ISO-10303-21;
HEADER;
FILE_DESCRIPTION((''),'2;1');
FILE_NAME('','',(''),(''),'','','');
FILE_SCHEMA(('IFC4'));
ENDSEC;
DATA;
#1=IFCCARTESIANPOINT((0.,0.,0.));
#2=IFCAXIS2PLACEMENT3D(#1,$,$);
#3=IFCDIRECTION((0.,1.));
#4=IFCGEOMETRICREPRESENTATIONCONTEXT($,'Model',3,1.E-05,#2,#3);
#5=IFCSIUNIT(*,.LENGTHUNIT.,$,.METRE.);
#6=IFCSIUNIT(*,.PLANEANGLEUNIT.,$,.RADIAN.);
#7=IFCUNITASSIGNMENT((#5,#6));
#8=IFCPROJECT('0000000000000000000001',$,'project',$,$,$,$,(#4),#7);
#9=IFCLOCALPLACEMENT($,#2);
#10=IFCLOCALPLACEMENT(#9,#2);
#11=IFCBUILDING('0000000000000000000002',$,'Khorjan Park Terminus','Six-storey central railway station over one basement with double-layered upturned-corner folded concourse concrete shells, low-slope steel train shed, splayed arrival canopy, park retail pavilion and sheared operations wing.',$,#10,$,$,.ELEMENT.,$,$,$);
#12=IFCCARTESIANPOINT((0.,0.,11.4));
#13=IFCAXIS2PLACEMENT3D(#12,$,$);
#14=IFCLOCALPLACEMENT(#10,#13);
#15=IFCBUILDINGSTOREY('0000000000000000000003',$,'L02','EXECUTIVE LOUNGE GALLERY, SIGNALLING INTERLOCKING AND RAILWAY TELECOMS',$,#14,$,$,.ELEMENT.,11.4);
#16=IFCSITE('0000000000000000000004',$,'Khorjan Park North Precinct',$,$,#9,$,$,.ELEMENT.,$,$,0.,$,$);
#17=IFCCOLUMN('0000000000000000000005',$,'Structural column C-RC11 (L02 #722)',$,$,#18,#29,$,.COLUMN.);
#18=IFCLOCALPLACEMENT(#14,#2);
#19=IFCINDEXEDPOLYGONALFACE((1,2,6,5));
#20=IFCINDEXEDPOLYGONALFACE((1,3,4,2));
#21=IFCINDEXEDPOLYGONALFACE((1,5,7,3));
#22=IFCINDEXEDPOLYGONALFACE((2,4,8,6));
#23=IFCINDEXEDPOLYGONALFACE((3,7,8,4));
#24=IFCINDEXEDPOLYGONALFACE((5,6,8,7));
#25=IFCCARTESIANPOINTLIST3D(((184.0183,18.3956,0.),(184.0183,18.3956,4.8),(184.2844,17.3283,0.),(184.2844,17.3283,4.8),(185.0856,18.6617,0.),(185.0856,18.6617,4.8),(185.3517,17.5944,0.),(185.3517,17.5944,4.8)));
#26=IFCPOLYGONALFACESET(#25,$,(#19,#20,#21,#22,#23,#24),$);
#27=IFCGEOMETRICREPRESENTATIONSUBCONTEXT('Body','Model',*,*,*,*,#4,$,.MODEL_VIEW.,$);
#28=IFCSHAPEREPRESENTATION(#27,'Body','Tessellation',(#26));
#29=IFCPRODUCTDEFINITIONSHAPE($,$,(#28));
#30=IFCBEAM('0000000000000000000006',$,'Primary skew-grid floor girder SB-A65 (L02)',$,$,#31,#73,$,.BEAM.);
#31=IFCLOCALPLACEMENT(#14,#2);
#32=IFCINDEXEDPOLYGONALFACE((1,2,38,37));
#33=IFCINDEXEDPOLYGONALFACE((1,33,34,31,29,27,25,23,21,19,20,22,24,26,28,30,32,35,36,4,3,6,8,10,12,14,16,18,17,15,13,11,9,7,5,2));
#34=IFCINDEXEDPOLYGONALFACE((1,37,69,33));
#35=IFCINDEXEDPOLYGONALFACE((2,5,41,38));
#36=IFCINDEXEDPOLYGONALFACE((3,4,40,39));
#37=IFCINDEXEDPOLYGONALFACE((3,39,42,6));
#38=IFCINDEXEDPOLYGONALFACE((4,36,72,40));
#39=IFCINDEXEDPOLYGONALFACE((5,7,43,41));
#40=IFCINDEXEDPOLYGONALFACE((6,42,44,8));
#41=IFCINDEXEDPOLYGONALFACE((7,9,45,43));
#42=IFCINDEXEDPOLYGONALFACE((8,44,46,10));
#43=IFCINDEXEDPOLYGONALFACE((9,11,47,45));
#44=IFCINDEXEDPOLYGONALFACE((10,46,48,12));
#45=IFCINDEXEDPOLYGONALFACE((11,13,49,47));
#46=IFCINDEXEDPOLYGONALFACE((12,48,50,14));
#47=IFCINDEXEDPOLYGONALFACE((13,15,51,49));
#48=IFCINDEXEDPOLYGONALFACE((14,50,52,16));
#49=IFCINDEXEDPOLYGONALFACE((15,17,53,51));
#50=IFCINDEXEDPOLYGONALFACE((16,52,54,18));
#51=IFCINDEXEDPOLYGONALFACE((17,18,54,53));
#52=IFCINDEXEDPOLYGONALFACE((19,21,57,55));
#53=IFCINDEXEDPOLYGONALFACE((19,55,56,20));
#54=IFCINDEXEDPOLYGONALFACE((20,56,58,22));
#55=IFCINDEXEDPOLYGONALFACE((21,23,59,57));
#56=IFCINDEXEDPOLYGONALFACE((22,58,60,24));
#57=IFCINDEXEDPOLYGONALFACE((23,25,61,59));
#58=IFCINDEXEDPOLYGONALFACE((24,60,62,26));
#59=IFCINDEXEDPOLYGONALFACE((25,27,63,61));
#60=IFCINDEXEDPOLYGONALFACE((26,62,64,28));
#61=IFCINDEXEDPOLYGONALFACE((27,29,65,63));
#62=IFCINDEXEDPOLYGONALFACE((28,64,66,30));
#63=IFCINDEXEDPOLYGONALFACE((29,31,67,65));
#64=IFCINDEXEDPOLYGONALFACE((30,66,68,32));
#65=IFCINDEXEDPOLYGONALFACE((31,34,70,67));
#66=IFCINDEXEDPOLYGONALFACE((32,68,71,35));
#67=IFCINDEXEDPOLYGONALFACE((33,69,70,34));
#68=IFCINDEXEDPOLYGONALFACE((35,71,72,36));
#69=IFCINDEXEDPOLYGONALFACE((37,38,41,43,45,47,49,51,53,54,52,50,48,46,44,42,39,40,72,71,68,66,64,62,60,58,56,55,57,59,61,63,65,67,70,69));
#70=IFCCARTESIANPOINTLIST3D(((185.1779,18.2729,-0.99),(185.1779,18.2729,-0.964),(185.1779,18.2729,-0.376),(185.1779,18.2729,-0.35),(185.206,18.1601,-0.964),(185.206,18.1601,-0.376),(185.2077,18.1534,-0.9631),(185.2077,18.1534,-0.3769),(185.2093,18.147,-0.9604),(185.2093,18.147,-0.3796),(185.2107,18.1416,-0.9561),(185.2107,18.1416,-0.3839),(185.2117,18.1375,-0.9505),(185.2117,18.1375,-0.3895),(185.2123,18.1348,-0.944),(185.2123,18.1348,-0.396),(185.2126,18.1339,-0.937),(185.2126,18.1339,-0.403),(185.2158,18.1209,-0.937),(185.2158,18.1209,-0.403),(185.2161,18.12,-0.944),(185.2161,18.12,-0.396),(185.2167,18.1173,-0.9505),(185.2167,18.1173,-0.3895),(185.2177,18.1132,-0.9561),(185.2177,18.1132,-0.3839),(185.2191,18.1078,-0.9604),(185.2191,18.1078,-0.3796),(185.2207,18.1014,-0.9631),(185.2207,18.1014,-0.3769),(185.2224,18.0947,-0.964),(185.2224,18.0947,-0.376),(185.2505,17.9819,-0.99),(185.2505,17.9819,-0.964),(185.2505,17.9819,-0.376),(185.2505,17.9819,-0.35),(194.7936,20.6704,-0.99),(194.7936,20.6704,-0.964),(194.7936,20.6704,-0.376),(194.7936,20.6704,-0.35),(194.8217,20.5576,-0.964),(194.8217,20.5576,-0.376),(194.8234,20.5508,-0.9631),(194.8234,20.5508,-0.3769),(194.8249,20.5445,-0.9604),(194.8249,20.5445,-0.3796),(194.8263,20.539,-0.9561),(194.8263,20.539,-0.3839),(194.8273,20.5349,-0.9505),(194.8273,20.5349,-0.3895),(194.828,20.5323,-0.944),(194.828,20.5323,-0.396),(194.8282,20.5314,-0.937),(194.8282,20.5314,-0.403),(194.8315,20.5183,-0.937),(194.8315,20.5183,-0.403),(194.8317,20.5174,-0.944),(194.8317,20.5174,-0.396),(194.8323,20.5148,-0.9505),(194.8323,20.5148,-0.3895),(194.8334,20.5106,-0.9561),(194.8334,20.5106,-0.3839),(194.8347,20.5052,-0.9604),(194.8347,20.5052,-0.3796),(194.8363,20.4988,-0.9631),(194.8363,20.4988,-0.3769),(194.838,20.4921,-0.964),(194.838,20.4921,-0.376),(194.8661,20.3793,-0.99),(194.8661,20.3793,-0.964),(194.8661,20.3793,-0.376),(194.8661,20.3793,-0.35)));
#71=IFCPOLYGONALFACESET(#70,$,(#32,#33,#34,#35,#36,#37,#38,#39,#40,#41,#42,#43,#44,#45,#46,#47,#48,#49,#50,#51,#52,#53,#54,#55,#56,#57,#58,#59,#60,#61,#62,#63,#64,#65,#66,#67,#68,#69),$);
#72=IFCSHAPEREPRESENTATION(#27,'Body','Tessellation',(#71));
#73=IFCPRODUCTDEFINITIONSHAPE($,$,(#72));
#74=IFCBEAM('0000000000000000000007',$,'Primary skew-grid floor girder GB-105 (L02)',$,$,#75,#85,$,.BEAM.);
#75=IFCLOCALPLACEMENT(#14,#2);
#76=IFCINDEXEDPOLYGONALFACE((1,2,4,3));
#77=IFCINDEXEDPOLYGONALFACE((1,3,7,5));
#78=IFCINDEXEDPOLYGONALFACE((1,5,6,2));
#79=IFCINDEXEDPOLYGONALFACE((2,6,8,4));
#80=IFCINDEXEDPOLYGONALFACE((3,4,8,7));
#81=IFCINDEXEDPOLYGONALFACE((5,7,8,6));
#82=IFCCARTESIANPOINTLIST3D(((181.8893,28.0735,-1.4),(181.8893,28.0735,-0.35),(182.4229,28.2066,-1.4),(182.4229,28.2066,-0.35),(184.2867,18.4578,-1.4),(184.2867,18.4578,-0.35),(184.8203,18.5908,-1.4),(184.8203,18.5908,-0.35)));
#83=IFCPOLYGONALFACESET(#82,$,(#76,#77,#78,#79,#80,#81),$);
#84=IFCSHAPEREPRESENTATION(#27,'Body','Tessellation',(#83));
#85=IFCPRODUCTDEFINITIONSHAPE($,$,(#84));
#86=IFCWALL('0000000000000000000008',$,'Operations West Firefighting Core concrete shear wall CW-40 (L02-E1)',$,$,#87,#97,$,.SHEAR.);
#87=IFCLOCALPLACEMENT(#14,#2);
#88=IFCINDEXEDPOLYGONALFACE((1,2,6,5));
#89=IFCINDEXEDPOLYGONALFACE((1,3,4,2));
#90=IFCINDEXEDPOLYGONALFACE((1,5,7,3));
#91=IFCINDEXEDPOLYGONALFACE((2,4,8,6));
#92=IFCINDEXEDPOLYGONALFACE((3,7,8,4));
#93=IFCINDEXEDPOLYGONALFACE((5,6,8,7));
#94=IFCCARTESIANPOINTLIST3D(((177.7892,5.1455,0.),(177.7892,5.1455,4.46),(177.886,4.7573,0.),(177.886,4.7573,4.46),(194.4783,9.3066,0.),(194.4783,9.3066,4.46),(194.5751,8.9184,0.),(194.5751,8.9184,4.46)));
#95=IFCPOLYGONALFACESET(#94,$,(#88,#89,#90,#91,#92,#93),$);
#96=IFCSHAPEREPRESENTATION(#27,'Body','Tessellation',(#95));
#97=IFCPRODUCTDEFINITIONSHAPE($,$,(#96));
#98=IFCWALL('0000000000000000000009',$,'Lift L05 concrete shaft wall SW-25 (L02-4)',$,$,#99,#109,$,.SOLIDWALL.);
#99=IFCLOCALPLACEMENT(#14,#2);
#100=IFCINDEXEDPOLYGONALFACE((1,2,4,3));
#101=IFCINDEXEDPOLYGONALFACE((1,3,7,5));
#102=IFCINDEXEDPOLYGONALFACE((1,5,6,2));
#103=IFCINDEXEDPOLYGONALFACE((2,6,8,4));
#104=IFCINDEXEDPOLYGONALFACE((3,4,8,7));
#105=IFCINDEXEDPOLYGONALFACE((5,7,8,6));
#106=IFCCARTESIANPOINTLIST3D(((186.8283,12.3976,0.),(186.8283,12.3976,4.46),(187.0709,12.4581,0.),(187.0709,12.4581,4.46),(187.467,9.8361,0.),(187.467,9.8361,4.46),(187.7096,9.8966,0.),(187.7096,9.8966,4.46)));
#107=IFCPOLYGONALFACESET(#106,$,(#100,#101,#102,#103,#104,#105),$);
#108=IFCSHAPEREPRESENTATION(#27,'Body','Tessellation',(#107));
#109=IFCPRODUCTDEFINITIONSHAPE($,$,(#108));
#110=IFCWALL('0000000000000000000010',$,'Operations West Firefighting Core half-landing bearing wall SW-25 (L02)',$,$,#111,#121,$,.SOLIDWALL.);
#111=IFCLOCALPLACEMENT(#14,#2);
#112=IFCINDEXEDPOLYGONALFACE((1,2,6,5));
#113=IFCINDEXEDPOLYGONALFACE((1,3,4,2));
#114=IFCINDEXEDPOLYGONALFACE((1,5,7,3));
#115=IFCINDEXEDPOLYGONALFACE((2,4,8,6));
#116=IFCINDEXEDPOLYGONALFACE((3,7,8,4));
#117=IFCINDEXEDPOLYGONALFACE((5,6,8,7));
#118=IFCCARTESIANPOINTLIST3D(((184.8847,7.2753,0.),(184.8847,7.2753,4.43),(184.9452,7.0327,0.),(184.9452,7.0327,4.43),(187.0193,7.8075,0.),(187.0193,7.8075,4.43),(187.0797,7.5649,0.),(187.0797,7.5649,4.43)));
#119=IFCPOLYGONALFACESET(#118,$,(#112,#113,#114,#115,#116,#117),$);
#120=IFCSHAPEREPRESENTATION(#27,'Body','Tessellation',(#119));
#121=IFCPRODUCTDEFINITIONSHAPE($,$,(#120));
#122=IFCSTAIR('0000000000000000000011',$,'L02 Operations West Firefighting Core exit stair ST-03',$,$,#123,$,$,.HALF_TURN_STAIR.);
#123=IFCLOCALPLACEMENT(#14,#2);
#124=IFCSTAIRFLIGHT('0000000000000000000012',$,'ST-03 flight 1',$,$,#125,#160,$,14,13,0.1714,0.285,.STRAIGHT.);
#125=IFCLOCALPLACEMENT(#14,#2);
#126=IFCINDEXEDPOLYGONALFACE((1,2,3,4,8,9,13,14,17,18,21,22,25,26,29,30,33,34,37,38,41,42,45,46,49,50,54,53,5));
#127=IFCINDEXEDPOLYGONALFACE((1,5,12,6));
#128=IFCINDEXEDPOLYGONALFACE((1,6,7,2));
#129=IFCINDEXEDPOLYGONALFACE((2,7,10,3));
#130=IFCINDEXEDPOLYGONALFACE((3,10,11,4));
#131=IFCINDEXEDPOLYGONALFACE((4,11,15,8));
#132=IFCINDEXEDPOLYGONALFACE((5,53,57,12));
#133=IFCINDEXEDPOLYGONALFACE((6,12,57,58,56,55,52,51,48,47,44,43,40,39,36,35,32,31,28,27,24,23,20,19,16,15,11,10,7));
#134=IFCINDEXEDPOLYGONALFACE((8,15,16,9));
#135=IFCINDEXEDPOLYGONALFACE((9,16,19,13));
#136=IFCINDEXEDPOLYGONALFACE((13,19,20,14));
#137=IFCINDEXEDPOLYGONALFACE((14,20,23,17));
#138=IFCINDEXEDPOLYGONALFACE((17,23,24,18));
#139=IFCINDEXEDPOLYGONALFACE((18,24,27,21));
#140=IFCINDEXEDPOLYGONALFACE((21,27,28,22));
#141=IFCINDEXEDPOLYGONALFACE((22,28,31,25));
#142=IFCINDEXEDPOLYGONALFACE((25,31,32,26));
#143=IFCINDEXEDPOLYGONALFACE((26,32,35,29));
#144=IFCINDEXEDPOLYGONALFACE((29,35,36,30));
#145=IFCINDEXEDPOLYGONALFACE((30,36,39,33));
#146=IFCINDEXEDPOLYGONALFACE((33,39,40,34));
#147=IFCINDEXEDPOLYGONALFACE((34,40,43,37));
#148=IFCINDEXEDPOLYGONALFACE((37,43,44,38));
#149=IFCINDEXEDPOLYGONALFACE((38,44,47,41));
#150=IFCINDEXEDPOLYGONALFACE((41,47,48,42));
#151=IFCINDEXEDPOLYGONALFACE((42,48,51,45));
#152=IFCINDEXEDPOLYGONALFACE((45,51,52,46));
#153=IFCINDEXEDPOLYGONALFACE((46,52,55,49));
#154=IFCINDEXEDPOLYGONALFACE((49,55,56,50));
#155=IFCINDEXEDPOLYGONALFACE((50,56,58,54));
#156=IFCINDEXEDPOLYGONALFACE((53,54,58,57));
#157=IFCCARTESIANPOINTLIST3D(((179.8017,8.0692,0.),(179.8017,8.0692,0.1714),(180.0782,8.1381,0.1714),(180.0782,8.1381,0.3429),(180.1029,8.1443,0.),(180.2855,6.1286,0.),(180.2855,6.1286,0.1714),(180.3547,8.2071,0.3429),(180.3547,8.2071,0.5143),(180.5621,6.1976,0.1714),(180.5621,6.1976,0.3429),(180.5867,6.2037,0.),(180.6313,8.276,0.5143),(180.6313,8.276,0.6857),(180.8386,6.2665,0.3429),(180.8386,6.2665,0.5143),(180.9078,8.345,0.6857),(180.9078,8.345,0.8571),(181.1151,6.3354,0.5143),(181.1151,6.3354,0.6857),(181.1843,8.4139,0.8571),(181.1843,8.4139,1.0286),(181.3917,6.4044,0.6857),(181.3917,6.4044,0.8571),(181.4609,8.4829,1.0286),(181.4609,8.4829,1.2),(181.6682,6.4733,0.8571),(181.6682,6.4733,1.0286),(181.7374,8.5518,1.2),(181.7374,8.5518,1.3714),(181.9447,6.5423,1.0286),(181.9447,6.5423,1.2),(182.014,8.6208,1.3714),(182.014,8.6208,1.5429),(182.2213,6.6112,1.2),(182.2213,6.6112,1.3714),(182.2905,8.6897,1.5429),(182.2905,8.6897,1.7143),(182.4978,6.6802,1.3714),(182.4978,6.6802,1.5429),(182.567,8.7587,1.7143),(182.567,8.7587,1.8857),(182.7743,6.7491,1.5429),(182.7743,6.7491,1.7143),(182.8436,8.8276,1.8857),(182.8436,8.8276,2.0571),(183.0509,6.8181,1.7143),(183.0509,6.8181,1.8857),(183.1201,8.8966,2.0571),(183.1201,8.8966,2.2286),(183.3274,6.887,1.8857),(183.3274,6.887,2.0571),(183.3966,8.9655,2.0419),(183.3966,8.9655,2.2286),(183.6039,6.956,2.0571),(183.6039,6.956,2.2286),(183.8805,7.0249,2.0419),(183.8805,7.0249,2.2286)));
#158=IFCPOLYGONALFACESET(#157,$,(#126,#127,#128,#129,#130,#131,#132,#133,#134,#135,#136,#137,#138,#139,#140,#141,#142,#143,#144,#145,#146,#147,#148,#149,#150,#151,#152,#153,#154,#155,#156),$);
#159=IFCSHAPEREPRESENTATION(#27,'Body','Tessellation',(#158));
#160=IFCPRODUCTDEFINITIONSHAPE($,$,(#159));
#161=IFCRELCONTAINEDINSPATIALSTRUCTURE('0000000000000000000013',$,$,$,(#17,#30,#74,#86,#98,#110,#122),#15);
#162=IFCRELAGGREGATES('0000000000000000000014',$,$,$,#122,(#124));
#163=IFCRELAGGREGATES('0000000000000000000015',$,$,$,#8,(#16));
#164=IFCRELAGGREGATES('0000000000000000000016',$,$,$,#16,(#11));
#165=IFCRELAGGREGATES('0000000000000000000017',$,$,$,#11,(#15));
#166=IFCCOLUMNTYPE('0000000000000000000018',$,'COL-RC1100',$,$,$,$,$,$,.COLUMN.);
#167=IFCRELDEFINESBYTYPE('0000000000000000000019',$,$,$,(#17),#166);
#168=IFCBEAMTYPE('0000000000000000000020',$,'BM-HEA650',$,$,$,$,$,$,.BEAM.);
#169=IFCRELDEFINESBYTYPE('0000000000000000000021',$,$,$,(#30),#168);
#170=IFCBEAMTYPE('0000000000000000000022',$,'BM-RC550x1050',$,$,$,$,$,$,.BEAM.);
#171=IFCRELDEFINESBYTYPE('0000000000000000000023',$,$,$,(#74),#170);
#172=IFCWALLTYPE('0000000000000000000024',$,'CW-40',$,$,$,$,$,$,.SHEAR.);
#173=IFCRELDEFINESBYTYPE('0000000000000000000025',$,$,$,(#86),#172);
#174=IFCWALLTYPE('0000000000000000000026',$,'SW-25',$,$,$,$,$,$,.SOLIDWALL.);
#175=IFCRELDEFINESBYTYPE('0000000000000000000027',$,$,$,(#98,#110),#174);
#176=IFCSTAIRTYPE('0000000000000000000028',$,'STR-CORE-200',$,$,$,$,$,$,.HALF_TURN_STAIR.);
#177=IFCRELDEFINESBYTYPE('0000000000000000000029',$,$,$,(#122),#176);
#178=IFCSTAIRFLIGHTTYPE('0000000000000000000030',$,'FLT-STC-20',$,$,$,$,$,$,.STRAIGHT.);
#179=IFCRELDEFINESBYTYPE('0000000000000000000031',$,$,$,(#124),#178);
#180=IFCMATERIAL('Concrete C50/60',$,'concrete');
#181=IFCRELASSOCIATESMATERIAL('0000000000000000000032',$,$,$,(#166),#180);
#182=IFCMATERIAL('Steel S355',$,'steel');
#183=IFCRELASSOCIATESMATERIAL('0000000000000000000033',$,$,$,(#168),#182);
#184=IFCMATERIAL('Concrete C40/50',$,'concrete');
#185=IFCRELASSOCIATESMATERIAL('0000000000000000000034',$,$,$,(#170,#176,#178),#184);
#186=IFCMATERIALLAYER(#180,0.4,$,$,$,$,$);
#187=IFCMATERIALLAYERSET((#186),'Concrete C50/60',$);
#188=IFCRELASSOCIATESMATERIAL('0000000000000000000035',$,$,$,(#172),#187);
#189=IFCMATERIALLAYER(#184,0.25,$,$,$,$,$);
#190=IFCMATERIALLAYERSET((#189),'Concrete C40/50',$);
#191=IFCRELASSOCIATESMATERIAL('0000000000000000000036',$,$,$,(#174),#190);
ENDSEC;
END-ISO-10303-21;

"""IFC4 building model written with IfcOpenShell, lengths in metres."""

from ifc_helpers import new_model, si_unit, direction, frame, frame_2d, origin, origin_2d, place, context, subcontext, project, spatial, polyline, rectangle, i_section, outline, extrude, material, layer, layer_set, material_profile, profile_set, type_object, element, aggregate, save


model = new_model("IFC4")

# Units and contexts
model_context = context("Model", 3, precision=1e-05, world=origin(), true_north=direction((0.0, 1.0)))
body_context = subcontext(model_context, "Body", "Model", "MODEL_VIEW")
ifc_project = project(units=[si_unit("LENGTHUNIT", "METRE"), si_unit("PLANEANGLEUNIT", "RADIAN")], contexts=[model_context])

# Site, building, storey
site_placement = place(None, origin())
site = spatial("IfcSite", under=ifc_project, at=site_placement, Name="Khorjan Park North Precinct", CompositionType="ELEMENT", RefElevation=0.0)
building_placement = place(site_placement, origin())
building = spatial("IfcBuilding", under=site, at=building_placement, Name="Khorjan Park Terminus", Description="Six-storey central railway station over one basement with double-layered upturned-corner folded concourse concrete shells, low-slope steel train shed, splayed arrival canopy, park retail pavilion and sheared operations wing.", CompositionType="ELEMENT")
storey_placement = place(building_placement, frame((0.0, 0.0, 11.4)))
storey = spatial("IfcBuildingStorey", under=building, at=storey_placement, Name="L02", Description="EXECUTIVE LOUNGE GALLERY, SIGNALLING INTERLOCKING AND RAILWAY TELECOMS", CompositionType="ELEMENT", Elevation=11.4)

# Column
ifc_material_1 = material(Name="Concrete C50/60", Category="concrete")
ifc_material_profile_1 = material_profile(ifc_material_1, rectangle(XDim=1.1, YDim=1.1, at=origin_2d()), Name="RC 1100x1100")
ifc_profile_set_1 = profile_set([ifc_material_profile_1], Name="Concrete C50/60")
column_type = type_object("IfcColumnType", Name="COL-RC1100", PredefinedType="COLUMN", material=ifc_profile_set_1)
column_placement = place(storey_placement, frame((184.685, 17.995, 0.0), z_axis=(0.0, 0.0, 1.0), x_axis=(0.970296, 0.241922, 0.0)))
element("IfcColumn", 1, at=column_placement, inside=storey, type_object=column_type, Name="Structural column C-RC11 (L02 #722)", PredefinedType="COLUMN", context=body_context, shape_type="SweptSolid", body=[
    extrude(rectangle(XDim=1.1, YDim=1.1, at=origin_2d()), origin(), (0.0, 0.0, 1.0), 4.8),
])

# Beams
ifc_material_2 = material(Name="Steel S355", Category="steel")
ifc_material_profile_2 = material_profile(ifc_material_2, i_section(OverallWidth=0.3, OverallDepth=0.64, WebThickness=0.0135, FlangeThickness=0.026, FilletRadius=0.027, at=origin_2d()), Name="HEA 650")
ifc_profile_set_2 = profile_set([ifc_material_profile_2], Name="Steel S355")
beam_type_1 = type_object("IfcBeamType", Name="BM-HEA650", PredefinedType="BEAM", material=ifc_profile_set_2)
beam_1_placement = place(storey_placement, frame((185.2142, 18.1274, -0.67), z_axis=(0.970297, 0.241918, 0.0), x_axis=(-0.241918, 0.970297, 0.0)))
element("IfcBeam", 2, at=beam_1_placement, inside=storey, type_object=beam_type_1, Name="Primary skew-grid floor girder SB-A65 (L02)", PredefinedType="BEAM", context=body_context, shape_type="SweptSolid", body=[
    extrude(i_section(OverallWidth=0.3, OverallDepth=0.64, WebThickness=0.0135, FlangeThickness=0.026, FilletRadius=0.027, at=origin_2d()), origin(), (0.0, 0.0, 1.0), 9.91),
])
ifc_material_3 = material(Name="Concrete C40/50", Category="concrete")
ifc_material_profile_3 = material_profile(ifc_material_3, rectangle(XDim=0.55, YDim=1.05, at=origin_2d()), Name="RC 550x1050")
ifc_profile_set_3 = profile_set([ifc_material_profile_3], Name="Concrete C40/50")
beam_type_2 = type_object("IfcBeamType", Name="BM-RC550x1050", PredefinedType="BEAM", material=ifc_profile_set_3)
beam_2_placement = place(storey_placement, frame((184.5535, 18.5243, -0.875), z_axis=(-0.241916, 0.970297, 0.0), x_axis=(-0.970297, -0.241916, 0.0)))
element("IfcBeam", 3, at=beam_2_placement, inside=storey, type_object=beam_type_2, Name="Primary skew-grid floor girder GB-105 (L02)", PredefinedType="BEAM", context=body_context, shape_type="SweptSolid", body=[
    extrude(rectangle(XDim=0.55, YDim=1.05, at=origin_2d()), origin(), (0.0, 0.0, 1.0), 9.9101),
])

# Walls
ifc_layer_1 = layer(ifc_material_1, 0.4)
ifc_layer_set_1 = layer_set([ifc_layer_1], Name="Concrete C50/60")
wall_type_1 = type_object("IfcWallType", Name="CW-40", PredefinedType="SHEAR", material=ifc_layer_set_1)
wall_1_placement = place(storey_placement, frame((177.8376, 4.9514, 0.0), z_axis=(0.0, 0.0, 1.0), x_axis=(0.970295, 0.241924, 0.0)))
element("IfcWall", 4, at=wall_1_placement, inside=storey, type_object=wall_type_1, Name="Operations West Firefighting Core concrete shear wall CW-40 (L02-E1)", PredefinedType="SHEAR", context=body_context, shape_type="SweptSolid", body=[
    extrude(rectangle(XDim=17.2, YDim=0.4, at=frame_2d((8.6, 0.0))), origin(), (0.0, 0.0, 1.0), 4.46),
])
ifc_layer_2 = layer(ifc_material_3, 0.25)
ifc_layer_set_2 = layer_set([ifc_layer_2], Name="Concrete C40/50")
wall_type_2 = type_object("IfcWallType", Name="SW-25", PredefinedType="SOLIDWALL", material=ifc_layer_set_2)
wall_2_placement = place(storey_placement, frame((186.9496, 12.4278, 0.0), z_axis=(0.0, 0.0, 1.0), x_axis=(0.241938, -0.970292, 0.0)))
element("IfcWall", 5, at=wall_2_placement, inside=storey, type_object=wall_type_2, Name="Lift L05 concrete shaft wall SW-25 (L02-4)", PredefinedType="SOLIDWALL", context=body_context, shape_type="SweptSolid", body=[
    extrude(rectangle(XDim=2.6399, YDim=0.25, at=frame_2d((1.3199, 0.0))), origin(), (0.0, 0.0, 1.0), 4.46),
])
wall_3_placement = place(storey_placement, frame((184.915, 7.154, 0.0), z_axis=(0.0, 0.0, 1.0), x_axis=(0.970297, 0.241915, 0.0)))
element("IfcWall", 6, at=wall_3_placement, inside=storey, type_object=wall_type_2, Name="Operations West Firefighting Core half-landing bearing wall SW-25 (L02)", PredefinedType="SOLIDWALL", context=body_context, shape_type="SweptSolid", body=[
    extrude(rectangle(XDim=2.1999, YDim=0.25, at=frame_2d((1.0999, 0.0))), origin(), (0.0, 0.0, 1.0), 4.43),
])

# Stair, stair flight
stair_type = type_object("IfcStairType", Name="STR-CORE-200", PredefinedType="HALF_TURN_STAIR", material=ifc_material_3)
stair_placement = place(storey_placement, origin())
stair = element("IfcStair", 7, at=stair_placement, inside=storey, type_object=stair_type, Name="L02 Operations West Firefighting Core exit stair ST-03", PredefinedType="HALF_TURN_STAIR")
stair_flight_type = type_object("IfcStairFlightType", Name="FLT-STC-20", PredefinedType="STRAIGHT", material=ifc_material_3)
stair_flight_1_placement = place(storey_placement, frame((180.0436, 7.0989, 0.0), z_axis=(0.0, 0.0, 1.0), x_axis=(0.970296, 0.241922, 0.0)))
stair_flight_1 = element("IfcStairFlight", 8, at=stair_flight_1_placement, type_object=stair_flight_type, Name="ST-03 flight 1", NumberOfRisers=14, NumberOfTreads=13, PredefinedType="STRAIGHT", RiserHeight=0.1714, TreadLength=0.285, context=body_context, shape_type="SweptSolid", body=[
    extrude(outline(polyline([(0.0, 0.0), (0.0, 0.1714), (0.285, 0.1714), (0.285, 0.3429), (0.57, 0.3429), (0.57, 0.5143), (0.855, 0.5143), (0.855, 0.6857), (1.14, 0.6857), (1.14, 0.8571), (1.425, 0.8571), (1.425, 1.0286), (1.71, 1.0286), (1.71, 1.2), (1.995, 1.2), (1.995, 1.3714), (2.28, 1.3714), (2.28, 1.5429), (2.565, 1.5429), (2.565, 1.7143), (2.85, 1.7143), (2.85, 1.8857), (3.135, 1.8857), (3.135, 2.0571), (3.42, 2.0571), (3.42, 2.2286), (3.705, 2.2286), (3.705, 2.4), (3.705, 2.0419), (0.3104, 0.0), (0.0, 0.0)])), frame((0.0, 1.0, 0.0), z_axis=(0.0, -1.0, 0.0), x_axis=(1.0, 0.0, 0.0)), (0.0, 0.0, 1.0), 2.0),
])
aggregate(stair, [stair_flight_1])

save(model, "model.ifc")
